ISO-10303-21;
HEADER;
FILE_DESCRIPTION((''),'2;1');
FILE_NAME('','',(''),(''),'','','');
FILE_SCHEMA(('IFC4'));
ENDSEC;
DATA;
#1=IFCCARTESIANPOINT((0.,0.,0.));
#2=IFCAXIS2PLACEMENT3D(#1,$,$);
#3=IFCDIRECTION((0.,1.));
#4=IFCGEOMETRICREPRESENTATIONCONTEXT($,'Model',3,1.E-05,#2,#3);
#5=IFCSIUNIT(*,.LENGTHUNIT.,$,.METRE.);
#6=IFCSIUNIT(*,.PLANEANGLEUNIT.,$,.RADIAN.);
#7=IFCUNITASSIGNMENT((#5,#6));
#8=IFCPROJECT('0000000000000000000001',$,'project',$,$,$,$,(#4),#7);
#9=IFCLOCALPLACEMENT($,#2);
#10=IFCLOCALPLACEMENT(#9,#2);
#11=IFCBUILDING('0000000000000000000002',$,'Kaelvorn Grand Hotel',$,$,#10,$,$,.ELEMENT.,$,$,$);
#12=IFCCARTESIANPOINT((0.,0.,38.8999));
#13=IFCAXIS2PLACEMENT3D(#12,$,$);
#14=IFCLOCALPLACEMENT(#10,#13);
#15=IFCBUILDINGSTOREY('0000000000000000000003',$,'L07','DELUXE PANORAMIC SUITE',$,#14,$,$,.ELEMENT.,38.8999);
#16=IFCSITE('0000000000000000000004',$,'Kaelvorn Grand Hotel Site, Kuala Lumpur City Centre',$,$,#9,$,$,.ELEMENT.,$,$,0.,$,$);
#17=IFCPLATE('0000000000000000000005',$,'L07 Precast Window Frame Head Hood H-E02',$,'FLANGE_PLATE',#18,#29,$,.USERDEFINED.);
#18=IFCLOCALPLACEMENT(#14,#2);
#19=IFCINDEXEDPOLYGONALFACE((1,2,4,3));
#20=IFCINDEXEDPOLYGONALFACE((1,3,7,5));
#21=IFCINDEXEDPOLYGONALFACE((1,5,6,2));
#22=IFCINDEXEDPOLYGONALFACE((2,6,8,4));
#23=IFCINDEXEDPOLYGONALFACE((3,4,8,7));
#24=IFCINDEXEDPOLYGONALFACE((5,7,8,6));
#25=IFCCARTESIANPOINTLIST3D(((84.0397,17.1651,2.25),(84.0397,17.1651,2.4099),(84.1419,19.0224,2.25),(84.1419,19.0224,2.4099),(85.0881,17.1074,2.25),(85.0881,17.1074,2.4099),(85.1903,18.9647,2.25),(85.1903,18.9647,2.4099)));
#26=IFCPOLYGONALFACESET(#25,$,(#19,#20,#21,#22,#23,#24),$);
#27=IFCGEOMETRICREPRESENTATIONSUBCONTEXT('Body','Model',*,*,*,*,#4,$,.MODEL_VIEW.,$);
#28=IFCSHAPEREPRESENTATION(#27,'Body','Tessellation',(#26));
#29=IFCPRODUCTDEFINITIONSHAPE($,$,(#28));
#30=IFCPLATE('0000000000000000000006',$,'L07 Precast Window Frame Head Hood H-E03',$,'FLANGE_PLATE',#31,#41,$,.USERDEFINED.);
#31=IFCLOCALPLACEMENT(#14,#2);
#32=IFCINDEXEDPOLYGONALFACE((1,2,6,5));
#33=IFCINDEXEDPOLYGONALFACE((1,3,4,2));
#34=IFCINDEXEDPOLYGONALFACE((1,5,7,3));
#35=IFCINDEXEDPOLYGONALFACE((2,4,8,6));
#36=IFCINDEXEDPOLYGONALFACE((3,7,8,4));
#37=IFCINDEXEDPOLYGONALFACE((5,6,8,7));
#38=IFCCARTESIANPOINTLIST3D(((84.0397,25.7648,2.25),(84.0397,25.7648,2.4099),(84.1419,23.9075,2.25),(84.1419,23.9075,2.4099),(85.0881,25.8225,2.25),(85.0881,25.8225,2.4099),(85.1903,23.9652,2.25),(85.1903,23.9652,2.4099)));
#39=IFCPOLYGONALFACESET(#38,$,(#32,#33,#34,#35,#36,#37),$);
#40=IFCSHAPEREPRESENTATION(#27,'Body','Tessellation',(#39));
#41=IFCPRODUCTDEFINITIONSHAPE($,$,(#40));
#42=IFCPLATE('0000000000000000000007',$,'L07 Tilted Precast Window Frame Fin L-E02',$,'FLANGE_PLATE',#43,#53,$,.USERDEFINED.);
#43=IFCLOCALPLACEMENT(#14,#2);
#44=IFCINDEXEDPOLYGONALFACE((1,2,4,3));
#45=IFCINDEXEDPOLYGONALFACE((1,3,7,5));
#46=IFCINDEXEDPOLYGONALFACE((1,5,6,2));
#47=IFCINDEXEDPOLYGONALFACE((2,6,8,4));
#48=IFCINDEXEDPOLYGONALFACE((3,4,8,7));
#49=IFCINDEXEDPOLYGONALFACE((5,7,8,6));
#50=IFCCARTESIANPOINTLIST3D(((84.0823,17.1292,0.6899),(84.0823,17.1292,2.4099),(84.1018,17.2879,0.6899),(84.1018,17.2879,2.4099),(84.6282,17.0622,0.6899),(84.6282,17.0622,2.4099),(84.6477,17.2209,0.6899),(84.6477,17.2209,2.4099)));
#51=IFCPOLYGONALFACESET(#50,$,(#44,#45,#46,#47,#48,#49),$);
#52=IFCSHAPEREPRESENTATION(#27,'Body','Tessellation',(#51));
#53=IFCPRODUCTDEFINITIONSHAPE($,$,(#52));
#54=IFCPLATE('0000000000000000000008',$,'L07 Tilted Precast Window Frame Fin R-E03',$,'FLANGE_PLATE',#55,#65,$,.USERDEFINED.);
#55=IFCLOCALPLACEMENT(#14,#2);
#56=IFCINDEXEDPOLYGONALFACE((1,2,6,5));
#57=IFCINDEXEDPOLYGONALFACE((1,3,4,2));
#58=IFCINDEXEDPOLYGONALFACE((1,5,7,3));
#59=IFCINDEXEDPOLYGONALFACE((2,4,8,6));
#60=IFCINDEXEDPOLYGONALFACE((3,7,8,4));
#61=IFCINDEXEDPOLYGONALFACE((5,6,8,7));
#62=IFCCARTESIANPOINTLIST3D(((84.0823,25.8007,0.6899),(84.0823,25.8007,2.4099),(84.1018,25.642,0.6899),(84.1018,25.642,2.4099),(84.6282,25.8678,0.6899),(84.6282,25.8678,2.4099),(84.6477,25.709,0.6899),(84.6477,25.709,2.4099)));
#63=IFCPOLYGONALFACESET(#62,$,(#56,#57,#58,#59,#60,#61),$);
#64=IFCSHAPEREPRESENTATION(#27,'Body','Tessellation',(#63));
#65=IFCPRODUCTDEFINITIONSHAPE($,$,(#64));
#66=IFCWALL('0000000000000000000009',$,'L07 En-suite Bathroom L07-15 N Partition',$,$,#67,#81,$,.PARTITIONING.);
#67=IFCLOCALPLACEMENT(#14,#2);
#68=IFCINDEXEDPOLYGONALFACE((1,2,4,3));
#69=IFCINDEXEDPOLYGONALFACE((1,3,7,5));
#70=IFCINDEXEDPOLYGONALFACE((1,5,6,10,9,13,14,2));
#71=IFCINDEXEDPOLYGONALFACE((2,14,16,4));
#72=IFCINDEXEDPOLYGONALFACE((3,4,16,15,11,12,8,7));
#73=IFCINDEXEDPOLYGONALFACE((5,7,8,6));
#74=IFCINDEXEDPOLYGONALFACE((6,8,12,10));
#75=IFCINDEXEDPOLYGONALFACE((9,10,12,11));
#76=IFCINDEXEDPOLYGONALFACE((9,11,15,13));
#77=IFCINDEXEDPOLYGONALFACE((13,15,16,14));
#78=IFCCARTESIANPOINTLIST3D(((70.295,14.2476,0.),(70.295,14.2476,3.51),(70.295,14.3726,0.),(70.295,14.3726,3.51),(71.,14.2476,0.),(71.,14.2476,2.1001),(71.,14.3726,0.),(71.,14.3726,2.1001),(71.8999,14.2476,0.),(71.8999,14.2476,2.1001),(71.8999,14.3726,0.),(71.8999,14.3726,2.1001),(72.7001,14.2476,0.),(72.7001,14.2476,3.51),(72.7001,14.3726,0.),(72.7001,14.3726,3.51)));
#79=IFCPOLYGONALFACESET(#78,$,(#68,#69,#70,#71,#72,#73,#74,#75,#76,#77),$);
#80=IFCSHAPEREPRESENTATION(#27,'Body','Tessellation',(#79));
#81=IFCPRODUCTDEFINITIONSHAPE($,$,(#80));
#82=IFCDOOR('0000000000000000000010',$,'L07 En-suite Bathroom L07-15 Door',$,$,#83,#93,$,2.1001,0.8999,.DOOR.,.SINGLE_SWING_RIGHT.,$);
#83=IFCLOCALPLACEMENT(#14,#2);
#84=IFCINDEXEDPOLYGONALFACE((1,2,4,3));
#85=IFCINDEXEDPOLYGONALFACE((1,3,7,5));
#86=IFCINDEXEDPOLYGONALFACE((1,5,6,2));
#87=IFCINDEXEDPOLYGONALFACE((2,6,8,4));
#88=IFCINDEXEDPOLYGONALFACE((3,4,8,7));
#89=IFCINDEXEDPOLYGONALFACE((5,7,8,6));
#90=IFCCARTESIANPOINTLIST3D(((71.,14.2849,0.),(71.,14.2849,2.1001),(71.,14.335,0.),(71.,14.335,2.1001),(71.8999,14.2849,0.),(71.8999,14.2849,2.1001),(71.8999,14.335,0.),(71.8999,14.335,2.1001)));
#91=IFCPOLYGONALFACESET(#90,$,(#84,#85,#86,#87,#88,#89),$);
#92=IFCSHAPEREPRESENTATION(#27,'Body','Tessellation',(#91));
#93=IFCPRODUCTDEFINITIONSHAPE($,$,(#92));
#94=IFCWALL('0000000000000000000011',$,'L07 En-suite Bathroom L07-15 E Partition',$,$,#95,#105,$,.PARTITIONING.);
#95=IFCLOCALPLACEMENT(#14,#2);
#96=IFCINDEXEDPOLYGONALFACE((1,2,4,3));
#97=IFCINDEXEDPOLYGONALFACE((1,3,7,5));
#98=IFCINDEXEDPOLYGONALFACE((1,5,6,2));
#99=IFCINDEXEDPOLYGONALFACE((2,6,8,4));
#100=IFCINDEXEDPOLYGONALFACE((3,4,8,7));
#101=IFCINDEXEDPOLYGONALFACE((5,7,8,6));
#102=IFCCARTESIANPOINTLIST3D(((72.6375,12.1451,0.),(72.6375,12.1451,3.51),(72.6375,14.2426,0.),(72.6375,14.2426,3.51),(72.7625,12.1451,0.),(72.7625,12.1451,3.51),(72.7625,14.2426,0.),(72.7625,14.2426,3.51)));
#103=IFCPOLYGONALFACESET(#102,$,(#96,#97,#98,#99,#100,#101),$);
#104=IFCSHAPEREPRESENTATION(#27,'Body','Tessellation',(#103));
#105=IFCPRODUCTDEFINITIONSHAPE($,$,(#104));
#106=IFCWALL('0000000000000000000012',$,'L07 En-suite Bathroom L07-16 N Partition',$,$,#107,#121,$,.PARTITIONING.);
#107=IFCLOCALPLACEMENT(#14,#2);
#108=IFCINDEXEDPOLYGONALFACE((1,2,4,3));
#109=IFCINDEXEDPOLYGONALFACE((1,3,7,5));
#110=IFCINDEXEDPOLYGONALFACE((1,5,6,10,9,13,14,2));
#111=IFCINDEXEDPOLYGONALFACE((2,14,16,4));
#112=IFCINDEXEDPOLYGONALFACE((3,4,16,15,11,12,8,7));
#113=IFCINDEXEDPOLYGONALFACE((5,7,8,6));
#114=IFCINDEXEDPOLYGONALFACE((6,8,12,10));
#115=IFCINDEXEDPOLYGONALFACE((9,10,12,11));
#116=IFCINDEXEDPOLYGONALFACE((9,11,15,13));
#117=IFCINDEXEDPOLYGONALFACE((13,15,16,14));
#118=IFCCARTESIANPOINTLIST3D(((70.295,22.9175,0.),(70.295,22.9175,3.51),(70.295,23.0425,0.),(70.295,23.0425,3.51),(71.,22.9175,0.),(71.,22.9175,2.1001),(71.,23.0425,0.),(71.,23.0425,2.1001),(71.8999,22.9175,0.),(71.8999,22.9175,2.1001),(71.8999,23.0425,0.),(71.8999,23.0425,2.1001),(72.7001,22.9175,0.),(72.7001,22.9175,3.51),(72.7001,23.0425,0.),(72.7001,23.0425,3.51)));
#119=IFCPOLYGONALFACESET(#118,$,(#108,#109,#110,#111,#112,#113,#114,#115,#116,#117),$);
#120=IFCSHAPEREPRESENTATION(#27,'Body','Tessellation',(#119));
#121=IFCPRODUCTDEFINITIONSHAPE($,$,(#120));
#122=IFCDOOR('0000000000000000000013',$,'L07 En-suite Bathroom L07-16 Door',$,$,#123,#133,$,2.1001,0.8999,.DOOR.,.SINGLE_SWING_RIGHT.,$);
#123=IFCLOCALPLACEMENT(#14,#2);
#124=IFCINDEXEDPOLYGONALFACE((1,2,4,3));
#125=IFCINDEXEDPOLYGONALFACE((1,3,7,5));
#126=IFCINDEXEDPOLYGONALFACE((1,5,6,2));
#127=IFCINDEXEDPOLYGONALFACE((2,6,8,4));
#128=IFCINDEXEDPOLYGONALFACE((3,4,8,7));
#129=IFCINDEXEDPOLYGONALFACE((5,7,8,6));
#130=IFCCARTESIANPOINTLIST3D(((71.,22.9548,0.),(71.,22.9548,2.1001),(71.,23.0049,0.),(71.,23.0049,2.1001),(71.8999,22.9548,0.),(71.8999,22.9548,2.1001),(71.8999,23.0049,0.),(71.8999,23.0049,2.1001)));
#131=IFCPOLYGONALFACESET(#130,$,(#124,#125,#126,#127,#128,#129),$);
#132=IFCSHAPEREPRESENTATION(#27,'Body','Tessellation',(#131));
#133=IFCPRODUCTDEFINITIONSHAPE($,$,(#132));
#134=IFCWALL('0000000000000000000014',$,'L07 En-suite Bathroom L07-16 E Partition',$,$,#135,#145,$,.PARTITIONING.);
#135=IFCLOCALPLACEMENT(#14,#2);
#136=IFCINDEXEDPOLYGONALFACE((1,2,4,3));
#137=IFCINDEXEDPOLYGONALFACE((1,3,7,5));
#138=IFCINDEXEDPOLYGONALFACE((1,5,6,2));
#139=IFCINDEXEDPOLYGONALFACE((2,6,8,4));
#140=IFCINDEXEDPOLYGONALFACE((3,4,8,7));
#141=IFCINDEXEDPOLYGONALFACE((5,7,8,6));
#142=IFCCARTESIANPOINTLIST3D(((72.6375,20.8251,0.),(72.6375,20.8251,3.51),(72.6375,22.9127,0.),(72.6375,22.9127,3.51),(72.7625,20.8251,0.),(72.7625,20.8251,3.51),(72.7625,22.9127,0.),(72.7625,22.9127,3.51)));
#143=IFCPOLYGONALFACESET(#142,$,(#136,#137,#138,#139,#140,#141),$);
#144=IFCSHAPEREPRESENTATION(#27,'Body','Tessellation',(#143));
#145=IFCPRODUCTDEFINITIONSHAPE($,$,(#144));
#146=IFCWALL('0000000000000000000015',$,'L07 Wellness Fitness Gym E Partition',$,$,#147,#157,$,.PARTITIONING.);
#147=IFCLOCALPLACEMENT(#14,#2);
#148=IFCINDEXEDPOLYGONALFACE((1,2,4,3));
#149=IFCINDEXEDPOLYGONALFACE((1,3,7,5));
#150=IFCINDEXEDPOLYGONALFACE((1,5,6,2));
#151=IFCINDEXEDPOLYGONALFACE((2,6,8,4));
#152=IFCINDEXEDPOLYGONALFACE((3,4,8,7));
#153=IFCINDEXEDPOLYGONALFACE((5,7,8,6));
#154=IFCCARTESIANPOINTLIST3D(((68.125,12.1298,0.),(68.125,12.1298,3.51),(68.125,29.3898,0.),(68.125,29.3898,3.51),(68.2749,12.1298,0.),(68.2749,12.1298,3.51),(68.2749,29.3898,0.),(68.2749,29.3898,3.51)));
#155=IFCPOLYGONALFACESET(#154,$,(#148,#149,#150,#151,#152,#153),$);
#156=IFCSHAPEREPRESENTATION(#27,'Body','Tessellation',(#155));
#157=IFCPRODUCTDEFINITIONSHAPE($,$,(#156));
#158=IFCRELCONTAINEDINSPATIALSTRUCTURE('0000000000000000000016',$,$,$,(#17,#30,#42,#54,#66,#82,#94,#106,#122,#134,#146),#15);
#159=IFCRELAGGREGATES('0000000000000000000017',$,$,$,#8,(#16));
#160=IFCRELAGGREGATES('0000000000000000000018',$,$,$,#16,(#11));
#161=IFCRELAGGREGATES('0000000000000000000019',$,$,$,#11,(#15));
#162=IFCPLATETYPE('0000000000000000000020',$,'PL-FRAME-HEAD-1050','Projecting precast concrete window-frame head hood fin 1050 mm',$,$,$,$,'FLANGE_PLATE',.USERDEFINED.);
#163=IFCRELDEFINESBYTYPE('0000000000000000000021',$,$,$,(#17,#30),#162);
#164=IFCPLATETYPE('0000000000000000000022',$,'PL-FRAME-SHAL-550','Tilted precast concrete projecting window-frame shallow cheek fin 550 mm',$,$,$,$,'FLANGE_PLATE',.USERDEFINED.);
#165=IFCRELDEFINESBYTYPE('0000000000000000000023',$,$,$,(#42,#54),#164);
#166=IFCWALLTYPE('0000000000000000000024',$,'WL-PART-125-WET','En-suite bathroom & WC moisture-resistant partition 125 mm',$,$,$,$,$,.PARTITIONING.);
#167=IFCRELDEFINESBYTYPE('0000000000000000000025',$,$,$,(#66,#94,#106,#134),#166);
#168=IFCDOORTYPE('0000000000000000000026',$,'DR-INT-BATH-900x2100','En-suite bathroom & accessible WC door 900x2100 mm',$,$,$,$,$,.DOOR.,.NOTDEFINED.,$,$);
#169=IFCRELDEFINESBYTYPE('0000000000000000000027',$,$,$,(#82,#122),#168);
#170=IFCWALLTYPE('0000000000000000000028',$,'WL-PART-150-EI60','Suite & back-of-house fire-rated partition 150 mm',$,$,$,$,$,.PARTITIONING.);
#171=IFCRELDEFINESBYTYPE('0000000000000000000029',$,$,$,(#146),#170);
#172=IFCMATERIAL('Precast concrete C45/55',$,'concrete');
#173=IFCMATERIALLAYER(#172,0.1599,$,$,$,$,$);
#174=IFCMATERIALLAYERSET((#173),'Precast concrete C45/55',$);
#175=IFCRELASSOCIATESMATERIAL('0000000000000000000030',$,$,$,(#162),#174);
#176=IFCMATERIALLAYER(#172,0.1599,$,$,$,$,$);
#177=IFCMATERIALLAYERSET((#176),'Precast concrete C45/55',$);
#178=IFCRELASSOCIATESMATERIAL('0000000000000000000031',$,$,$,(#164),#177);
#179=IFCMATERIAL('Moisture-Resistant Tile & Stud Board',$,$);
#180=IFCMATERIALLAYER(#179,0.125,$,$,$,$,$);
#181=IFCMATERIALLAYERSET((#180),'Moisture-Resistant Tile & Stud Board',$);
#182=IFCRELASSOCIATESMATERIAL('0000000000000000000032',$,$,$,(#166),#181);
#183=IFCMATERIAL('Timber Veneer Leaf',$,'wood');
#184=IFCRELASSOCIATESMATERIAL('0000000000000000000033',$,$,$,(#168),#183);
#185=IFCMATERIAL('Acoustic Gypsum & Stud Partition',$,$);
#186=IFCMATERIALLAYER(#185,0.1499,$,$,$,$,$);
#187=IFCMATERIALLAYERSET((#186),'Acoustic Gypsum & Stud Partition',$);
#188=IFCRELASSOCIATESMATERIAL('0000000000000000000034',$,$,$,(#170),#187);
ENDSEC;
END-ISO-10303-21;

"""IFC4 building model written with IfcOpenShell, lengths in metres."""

from ifc_helpers import new_model, si_unit, direction, frame, frame_2d, origin, origin_2d, place, context, subcontext, project, spatial, rectangle, extrude, material, layer, layer_set, type_object, element, fill, save


model = new_model("IFC4")

# Units and contexts
model_context = context("Model", 3, precision=1e-05, world=origin(), true_north=direction((0.0, 1.0)))
body_context = subcontext(model_context, "Body", "Model", "MODEL_VIEW")
ifc_project = project(units=[si_unit("LENGTHUNIT", "METRE"), si_unit("PLANEANGLEUNIT", "RADIAN")], contexts=[model_context])

# Site, building, storey
site_placement = place(None, origin())
site = spatial("IfcSite", under=ifc_project, at=site_placement, Name="Kaelvorn Grand Hotel Site, Kuala Lumpur City Centre", CompositionType="ELEMENT", RefElevation=0.0)
building_placement = place(site_placement, origin())
building = spatial("IfcBuilding", under=site, at=building_placement, Name="Kaelvorn Grand Hotel", CompositionType="ELEMENT")
storey_placement = place(building_placement, frame((0.0, 0.0, 38.8999)))
storey = spatial("IfcBuildingStorey", under=building, at=storey_placement, Name="L07", Description="DELUXE PANORAMIC SUITE", CompositionType="ELEMENT", Elevation=38.8999)

# Plates
ifc_material_1 = material(Name="Precast concrete C45/55", Category="concrete")
ifc_layer_1 = layer(ifc_material_1, 0.1599)
ifc_layer_set_1 = layer_set([ifc_layer_1], Name="Precast concrete C45/55")
plate_type_1 = type_object("IfcPlateType", Name="PL-FRAME-HEAD-1050", Description="Projecting precast concrete window-frame head hood fin 1050 mm", ElementType="FLANGE_PLATE", PredefinedType="USERDEFINED", material=ifc_layer_set_1)
for number, where, z_axis, x_axis, name in (
    (1, (84.615, 18.0649, 2.25), (0.0, 0.0, 1.0), (0.05495, 0.998489, 0.0), "L07 Precast Window Frame Head Hood H-E02"),
    (2, (84.615, 24.865, 2.25), (0.0, 0.0, 1.0), (-0.05495, 0.998489, 0.0), "L07 Precast Window Frame Head Hood H-E03"),
):
    element("IfcPlate", number, at=place(storey_placement, frame(where, z_axis=z_axis, x_axis=x_axis)), inside=storey, type_object=plate_type_1, Name=name, ObjectType="FLANGE_PLATE", PredefinedType="USERDEFINED", context=body_context, shape_type="SweptSolid", body=[
        extrude(rectangle(XDim=1.8601, YDim=1.05, at=origin_2d()), origin(), (0.0, 0.0, 1.0), 0.1599),
    ])
ifc_layer_2 = layer(ifc_material_1, 0.1599)
ifc_layer_set_2 = layer_set([ifc_layer_2], Name="Precast concrete C45/55")
plate_type_2 = type_object("IfcPlateType", Name="PL-FRAME-SHAL-550", Description="Tilted precast concrete projecting window-frame shallow cheek fin 550 mm", ElementType="FLANGE_PLATE", PredefinedType="USERDEFINED", material=ifc_layer_set_2)
for number, where, z_axis, x_axis, name in (
    (3, (84.365, 17.175, 0.6899), (0.0, 0.0, 1.0), (0.121869, 0.992546, 0.0), "L07 Tilted Precast Window Frame Fin L-E02"),
    (4, (84.365, 25.7549, 0.6899), (0.0, 0.0, 1.0), (-0.121869, 0.992546, 0.0), "L07 Tilted Precast Window Frame Fin R-E03"),
):
    element("IfcPlate", number, at=place(storey_placement, frame(where, z_axis=z_axis, x_axis=x_axis)), inside=storey, type_object=plate_type_2, Name=name, ObjectType="FLANGE_PLATE", PredefinedType="USERDEFINED", context=body_context, shape_type="SweptSolid", body=[
        extrude(rectangle(XDim=0.1599, YDim=0.55, at=origin_2d()), origin(), (0.0, 0.0, 1.0), 1.72),
    ])

# Wall, opening, door
ifc_material_2 = material(Name="Moisture-Resistant Tile & Stud Board")
ifc_layer_3 = layer(ifc_material_2, 0.125)
ifc_layer_set_3 = layer_set([ifc_layer_3], Name="Moisture-Resistant Tile & Stud Board")
wall_type_1 = type_object("IfcWallType", Name="WL-PART-125-WET", Description="En-suite bathroom & WC moisture-resistant partition 125 mm", PredefinedType="PARTITIONING", material=ifc_layer_set_3)
wall_1_placement = place(storey_placement, frame((70.2949, 14.3101, 0.0), z_axis=(0.0, 0.0, 1.0), x_axis=(1.0, 0.0, 0.0)))
wall_1 = element("IfcWall", 5, at=wall_1_placement, inside=storey, type_object=wall_type_1, Name="L07 En-suite Bathroom L07-15 N Partition", PredefinedType="PARTITIONING", context=body_context, shape_type="SweptSolid", body=[
    extrude(rectangle(XDim=2.405, YDim=0.125, at=frame_2d((1.2026, 0.0))), origin(), (0.0, 0.0, 1.0), 3.51),
])
opening_1_placement = place(wall_1_placement, frame((0.7051, 0.0, 0.0)))
opening_1 = element("IfcOpeningElement", 6, at=opening_1_placement, cuts=wall_1, PredefinedType="OPENING", context=body_context, shape_type="SweptSolid", body=[
    extrude(rectangle(XDim=0.8999, YDim=2.1001, at=frame_2d((0.45, 1.05))), frame((0.0, 0.0725, 0.0), z_axis=(0.0, -1.0, 0.0), x_axis=(1.0, 0.0, 0.0)), (0.0, 0.0, 1.0), 0.145),
])
ifc_material_3 = material(Name="Timber Veneer Leaf", Category="wood")
door_type_1 = type_object("IfcDoorType", Name="DR-INT-BATH-900x2100", Description="En-suite bathroom & accessible WC door 900x2100 mm", OperationType="NOTDEFINED", PredefinedType="DOOR", material=ifc_material_3)
door_1_placement = place(opening_1_placement, origin())
door_1 = element("IfcDoor", 7, at=door_1_placement, inside=storey, type_object=door_type_1, Name="L07 En-suite Bathroom L07-15 Door", OperationType="SINGLE_SWING_RIGHT", OverallHeight=2.1001, OverallWidth=0.8999, PredefinedType="DOOR", context=body_context, shape_type="SweptSolid", body=[
    extrude(rectangle(XDim=0.8999, YDim=2.1001, at=frame_2d((0.45, 1.05))), frame((0.0, 0.0249, 0.0), z_axis=(0.0, -1.0, 0.0), x_axis=(1.0, 0.0, 0.0)), (0.0, 0.0, 1.0), 0.05),
])
fill(opening_1, door_1)

# Wall
wall_2_placement = place(storey_placement, frame((72.7, 12.145, 0.0), z_axis=(0.0, 0.0, 1.0), x_axis=(0.0, 1.0, 0.0)))
element("IfcWall", 8, at=wall_2_placement, inside=storey, type_object=wall_type_1, Name="L07 En-suite Bathroom L07-15 E Partition", PredefinedType="PARTITIONING", context=body_context, shape_type="SweptSolid", body=[
    extrude(rectangle(XDim=2.0974, YDim=0.125, at=frame_2d((1.0488, 0.0))), origin(), (0.0, 0.0, 1.0), 3.51),
])

# Wall, opening, door
wall_3_placement = place(storey_placement, frame((70.2949, 22.98, 0.0), z_axis=(0.0, 0.0, 1.0), x_axis=(1.0, 0.0, 0.0)))
wall_3 = element("IfcWall", 9, at=wall_3_placement, inside=storey, type_object=wall_type_1, Name="L07 En-suite Bathroom L07-16 N Partition", PredefinedType="PARTITIONING", context=body_context, shape_type="SweptSolid", body=[
    extrude(rectangle(XDim=2.405, YDim=0.125, at=frame_2d((1.2026, 0.0))), origin(), (0.0, 0.0, 1.0), 3.51),
])
opening_2_placement = place(wall_3_placement, frame((0.7051, 0.0, 0.0)))
opening_2 = element("IfcOpeningElement", 10, at=opening_2_placement, cuts=wall_3, PredefinedType="OPENING", context=body_context, shape_type="SweptSolid", body=[
    extrude(rectangle(XDim=0.8999, YDim=2.1001, at=frame_2d((0.45, 1.05))), frame((0.0, 0.0725, 0.0), z_axis=(0.0, -1.0, 0.0), x_axis=(1.0, 0.0, 0.0)), (0.0, 0.0, 1.0), 0.145),
])
door_2_placement = place(opening_2_placement, origin())
door_2 = element("IfcDoor", 11, at=door_2_placement, inside=storey, type_object=door_type_1, Name="L07 En-suite Bathroom L07-16 Door", OperationType="SINGLE_SWING_RIGHT", OverallHeight=2.1001, OverallWidth=0.8999, PredefinedType="DOOR", context=body_context, shape_type="SweptSolid", body=[
    extrude(rectangle(XDim=0.8999, YDim=2.1001, at=frame_2d((0.45, 1.05))), frame((0.0, 0.0249, 0.0), z_axis=(0.0, -1.0, 0.0), x_axis=(1.0, 0.0, 0.0)), (0.0, 0.0, 1.0), 0.05),
])
fill(opening_2, door_2)

# Walls
wall_4_placement = place(storey_placement, frame((72.7, 20.825, 0.0), z_axis=(0.0, 0.0, 1.0), x_axis=(0.0, 1.0, 0.0)))
element("IfcWall", 12, at=wall_4_placement, inside=storey, type_object=wall_type_1, Name="L07 En-suite Bathroom L07-16 E Partition", PredefinedType="PARTITIONING", context=body_context, shape_type="SweptSolid", body=[
    extrude(rectangle(XDim=2.0876, YDim=0.125, at=frame_2d((1.0439, 0.0))), origin(), (0.0, 0.0, 1.0), 3.51),
])
ifc_material_4 = material(Name="Acoustic Gypsum & Stud Partition")
ifc_layer_4 = layer(ifc_material_4, 0.1499)
ifc_layer_set_4 = layer_set([ifc_layer_4], Name="Acoustic Gypsum & Stud Partition")
wall_type_2 = type_object("IfcWallType", Name="WL-PART-150-EI60", Description="Suite & back-of-house fire-rated partition 150 mm", PredefinedType="PARTITIONING", material=ifc_layer_set_4)
wall_5_placement = place(storey_placement, frame((68.2, 12.1299, 0.0), z_axis=(0.0, 0.0, 1.0), x_axis=(0.0, 1.0, 0.0)))
element("IfcWall", 13, at=wall_5_placement, inside=storey, type_object=wall_type_2, Name="L07 Wellness Fitness Gym E Partition", PredefinedType="PARTITIONING", context=body_context, shape_type="SweptSolid", body=[
    extrude(rectangle(XDim=17.26, YDim=0.1499, at=frame_2d((8.6299, 0.0))), origin(), (0.0, 0.0, 1.0), 3.51),
])

save(model, "model.ifc")
